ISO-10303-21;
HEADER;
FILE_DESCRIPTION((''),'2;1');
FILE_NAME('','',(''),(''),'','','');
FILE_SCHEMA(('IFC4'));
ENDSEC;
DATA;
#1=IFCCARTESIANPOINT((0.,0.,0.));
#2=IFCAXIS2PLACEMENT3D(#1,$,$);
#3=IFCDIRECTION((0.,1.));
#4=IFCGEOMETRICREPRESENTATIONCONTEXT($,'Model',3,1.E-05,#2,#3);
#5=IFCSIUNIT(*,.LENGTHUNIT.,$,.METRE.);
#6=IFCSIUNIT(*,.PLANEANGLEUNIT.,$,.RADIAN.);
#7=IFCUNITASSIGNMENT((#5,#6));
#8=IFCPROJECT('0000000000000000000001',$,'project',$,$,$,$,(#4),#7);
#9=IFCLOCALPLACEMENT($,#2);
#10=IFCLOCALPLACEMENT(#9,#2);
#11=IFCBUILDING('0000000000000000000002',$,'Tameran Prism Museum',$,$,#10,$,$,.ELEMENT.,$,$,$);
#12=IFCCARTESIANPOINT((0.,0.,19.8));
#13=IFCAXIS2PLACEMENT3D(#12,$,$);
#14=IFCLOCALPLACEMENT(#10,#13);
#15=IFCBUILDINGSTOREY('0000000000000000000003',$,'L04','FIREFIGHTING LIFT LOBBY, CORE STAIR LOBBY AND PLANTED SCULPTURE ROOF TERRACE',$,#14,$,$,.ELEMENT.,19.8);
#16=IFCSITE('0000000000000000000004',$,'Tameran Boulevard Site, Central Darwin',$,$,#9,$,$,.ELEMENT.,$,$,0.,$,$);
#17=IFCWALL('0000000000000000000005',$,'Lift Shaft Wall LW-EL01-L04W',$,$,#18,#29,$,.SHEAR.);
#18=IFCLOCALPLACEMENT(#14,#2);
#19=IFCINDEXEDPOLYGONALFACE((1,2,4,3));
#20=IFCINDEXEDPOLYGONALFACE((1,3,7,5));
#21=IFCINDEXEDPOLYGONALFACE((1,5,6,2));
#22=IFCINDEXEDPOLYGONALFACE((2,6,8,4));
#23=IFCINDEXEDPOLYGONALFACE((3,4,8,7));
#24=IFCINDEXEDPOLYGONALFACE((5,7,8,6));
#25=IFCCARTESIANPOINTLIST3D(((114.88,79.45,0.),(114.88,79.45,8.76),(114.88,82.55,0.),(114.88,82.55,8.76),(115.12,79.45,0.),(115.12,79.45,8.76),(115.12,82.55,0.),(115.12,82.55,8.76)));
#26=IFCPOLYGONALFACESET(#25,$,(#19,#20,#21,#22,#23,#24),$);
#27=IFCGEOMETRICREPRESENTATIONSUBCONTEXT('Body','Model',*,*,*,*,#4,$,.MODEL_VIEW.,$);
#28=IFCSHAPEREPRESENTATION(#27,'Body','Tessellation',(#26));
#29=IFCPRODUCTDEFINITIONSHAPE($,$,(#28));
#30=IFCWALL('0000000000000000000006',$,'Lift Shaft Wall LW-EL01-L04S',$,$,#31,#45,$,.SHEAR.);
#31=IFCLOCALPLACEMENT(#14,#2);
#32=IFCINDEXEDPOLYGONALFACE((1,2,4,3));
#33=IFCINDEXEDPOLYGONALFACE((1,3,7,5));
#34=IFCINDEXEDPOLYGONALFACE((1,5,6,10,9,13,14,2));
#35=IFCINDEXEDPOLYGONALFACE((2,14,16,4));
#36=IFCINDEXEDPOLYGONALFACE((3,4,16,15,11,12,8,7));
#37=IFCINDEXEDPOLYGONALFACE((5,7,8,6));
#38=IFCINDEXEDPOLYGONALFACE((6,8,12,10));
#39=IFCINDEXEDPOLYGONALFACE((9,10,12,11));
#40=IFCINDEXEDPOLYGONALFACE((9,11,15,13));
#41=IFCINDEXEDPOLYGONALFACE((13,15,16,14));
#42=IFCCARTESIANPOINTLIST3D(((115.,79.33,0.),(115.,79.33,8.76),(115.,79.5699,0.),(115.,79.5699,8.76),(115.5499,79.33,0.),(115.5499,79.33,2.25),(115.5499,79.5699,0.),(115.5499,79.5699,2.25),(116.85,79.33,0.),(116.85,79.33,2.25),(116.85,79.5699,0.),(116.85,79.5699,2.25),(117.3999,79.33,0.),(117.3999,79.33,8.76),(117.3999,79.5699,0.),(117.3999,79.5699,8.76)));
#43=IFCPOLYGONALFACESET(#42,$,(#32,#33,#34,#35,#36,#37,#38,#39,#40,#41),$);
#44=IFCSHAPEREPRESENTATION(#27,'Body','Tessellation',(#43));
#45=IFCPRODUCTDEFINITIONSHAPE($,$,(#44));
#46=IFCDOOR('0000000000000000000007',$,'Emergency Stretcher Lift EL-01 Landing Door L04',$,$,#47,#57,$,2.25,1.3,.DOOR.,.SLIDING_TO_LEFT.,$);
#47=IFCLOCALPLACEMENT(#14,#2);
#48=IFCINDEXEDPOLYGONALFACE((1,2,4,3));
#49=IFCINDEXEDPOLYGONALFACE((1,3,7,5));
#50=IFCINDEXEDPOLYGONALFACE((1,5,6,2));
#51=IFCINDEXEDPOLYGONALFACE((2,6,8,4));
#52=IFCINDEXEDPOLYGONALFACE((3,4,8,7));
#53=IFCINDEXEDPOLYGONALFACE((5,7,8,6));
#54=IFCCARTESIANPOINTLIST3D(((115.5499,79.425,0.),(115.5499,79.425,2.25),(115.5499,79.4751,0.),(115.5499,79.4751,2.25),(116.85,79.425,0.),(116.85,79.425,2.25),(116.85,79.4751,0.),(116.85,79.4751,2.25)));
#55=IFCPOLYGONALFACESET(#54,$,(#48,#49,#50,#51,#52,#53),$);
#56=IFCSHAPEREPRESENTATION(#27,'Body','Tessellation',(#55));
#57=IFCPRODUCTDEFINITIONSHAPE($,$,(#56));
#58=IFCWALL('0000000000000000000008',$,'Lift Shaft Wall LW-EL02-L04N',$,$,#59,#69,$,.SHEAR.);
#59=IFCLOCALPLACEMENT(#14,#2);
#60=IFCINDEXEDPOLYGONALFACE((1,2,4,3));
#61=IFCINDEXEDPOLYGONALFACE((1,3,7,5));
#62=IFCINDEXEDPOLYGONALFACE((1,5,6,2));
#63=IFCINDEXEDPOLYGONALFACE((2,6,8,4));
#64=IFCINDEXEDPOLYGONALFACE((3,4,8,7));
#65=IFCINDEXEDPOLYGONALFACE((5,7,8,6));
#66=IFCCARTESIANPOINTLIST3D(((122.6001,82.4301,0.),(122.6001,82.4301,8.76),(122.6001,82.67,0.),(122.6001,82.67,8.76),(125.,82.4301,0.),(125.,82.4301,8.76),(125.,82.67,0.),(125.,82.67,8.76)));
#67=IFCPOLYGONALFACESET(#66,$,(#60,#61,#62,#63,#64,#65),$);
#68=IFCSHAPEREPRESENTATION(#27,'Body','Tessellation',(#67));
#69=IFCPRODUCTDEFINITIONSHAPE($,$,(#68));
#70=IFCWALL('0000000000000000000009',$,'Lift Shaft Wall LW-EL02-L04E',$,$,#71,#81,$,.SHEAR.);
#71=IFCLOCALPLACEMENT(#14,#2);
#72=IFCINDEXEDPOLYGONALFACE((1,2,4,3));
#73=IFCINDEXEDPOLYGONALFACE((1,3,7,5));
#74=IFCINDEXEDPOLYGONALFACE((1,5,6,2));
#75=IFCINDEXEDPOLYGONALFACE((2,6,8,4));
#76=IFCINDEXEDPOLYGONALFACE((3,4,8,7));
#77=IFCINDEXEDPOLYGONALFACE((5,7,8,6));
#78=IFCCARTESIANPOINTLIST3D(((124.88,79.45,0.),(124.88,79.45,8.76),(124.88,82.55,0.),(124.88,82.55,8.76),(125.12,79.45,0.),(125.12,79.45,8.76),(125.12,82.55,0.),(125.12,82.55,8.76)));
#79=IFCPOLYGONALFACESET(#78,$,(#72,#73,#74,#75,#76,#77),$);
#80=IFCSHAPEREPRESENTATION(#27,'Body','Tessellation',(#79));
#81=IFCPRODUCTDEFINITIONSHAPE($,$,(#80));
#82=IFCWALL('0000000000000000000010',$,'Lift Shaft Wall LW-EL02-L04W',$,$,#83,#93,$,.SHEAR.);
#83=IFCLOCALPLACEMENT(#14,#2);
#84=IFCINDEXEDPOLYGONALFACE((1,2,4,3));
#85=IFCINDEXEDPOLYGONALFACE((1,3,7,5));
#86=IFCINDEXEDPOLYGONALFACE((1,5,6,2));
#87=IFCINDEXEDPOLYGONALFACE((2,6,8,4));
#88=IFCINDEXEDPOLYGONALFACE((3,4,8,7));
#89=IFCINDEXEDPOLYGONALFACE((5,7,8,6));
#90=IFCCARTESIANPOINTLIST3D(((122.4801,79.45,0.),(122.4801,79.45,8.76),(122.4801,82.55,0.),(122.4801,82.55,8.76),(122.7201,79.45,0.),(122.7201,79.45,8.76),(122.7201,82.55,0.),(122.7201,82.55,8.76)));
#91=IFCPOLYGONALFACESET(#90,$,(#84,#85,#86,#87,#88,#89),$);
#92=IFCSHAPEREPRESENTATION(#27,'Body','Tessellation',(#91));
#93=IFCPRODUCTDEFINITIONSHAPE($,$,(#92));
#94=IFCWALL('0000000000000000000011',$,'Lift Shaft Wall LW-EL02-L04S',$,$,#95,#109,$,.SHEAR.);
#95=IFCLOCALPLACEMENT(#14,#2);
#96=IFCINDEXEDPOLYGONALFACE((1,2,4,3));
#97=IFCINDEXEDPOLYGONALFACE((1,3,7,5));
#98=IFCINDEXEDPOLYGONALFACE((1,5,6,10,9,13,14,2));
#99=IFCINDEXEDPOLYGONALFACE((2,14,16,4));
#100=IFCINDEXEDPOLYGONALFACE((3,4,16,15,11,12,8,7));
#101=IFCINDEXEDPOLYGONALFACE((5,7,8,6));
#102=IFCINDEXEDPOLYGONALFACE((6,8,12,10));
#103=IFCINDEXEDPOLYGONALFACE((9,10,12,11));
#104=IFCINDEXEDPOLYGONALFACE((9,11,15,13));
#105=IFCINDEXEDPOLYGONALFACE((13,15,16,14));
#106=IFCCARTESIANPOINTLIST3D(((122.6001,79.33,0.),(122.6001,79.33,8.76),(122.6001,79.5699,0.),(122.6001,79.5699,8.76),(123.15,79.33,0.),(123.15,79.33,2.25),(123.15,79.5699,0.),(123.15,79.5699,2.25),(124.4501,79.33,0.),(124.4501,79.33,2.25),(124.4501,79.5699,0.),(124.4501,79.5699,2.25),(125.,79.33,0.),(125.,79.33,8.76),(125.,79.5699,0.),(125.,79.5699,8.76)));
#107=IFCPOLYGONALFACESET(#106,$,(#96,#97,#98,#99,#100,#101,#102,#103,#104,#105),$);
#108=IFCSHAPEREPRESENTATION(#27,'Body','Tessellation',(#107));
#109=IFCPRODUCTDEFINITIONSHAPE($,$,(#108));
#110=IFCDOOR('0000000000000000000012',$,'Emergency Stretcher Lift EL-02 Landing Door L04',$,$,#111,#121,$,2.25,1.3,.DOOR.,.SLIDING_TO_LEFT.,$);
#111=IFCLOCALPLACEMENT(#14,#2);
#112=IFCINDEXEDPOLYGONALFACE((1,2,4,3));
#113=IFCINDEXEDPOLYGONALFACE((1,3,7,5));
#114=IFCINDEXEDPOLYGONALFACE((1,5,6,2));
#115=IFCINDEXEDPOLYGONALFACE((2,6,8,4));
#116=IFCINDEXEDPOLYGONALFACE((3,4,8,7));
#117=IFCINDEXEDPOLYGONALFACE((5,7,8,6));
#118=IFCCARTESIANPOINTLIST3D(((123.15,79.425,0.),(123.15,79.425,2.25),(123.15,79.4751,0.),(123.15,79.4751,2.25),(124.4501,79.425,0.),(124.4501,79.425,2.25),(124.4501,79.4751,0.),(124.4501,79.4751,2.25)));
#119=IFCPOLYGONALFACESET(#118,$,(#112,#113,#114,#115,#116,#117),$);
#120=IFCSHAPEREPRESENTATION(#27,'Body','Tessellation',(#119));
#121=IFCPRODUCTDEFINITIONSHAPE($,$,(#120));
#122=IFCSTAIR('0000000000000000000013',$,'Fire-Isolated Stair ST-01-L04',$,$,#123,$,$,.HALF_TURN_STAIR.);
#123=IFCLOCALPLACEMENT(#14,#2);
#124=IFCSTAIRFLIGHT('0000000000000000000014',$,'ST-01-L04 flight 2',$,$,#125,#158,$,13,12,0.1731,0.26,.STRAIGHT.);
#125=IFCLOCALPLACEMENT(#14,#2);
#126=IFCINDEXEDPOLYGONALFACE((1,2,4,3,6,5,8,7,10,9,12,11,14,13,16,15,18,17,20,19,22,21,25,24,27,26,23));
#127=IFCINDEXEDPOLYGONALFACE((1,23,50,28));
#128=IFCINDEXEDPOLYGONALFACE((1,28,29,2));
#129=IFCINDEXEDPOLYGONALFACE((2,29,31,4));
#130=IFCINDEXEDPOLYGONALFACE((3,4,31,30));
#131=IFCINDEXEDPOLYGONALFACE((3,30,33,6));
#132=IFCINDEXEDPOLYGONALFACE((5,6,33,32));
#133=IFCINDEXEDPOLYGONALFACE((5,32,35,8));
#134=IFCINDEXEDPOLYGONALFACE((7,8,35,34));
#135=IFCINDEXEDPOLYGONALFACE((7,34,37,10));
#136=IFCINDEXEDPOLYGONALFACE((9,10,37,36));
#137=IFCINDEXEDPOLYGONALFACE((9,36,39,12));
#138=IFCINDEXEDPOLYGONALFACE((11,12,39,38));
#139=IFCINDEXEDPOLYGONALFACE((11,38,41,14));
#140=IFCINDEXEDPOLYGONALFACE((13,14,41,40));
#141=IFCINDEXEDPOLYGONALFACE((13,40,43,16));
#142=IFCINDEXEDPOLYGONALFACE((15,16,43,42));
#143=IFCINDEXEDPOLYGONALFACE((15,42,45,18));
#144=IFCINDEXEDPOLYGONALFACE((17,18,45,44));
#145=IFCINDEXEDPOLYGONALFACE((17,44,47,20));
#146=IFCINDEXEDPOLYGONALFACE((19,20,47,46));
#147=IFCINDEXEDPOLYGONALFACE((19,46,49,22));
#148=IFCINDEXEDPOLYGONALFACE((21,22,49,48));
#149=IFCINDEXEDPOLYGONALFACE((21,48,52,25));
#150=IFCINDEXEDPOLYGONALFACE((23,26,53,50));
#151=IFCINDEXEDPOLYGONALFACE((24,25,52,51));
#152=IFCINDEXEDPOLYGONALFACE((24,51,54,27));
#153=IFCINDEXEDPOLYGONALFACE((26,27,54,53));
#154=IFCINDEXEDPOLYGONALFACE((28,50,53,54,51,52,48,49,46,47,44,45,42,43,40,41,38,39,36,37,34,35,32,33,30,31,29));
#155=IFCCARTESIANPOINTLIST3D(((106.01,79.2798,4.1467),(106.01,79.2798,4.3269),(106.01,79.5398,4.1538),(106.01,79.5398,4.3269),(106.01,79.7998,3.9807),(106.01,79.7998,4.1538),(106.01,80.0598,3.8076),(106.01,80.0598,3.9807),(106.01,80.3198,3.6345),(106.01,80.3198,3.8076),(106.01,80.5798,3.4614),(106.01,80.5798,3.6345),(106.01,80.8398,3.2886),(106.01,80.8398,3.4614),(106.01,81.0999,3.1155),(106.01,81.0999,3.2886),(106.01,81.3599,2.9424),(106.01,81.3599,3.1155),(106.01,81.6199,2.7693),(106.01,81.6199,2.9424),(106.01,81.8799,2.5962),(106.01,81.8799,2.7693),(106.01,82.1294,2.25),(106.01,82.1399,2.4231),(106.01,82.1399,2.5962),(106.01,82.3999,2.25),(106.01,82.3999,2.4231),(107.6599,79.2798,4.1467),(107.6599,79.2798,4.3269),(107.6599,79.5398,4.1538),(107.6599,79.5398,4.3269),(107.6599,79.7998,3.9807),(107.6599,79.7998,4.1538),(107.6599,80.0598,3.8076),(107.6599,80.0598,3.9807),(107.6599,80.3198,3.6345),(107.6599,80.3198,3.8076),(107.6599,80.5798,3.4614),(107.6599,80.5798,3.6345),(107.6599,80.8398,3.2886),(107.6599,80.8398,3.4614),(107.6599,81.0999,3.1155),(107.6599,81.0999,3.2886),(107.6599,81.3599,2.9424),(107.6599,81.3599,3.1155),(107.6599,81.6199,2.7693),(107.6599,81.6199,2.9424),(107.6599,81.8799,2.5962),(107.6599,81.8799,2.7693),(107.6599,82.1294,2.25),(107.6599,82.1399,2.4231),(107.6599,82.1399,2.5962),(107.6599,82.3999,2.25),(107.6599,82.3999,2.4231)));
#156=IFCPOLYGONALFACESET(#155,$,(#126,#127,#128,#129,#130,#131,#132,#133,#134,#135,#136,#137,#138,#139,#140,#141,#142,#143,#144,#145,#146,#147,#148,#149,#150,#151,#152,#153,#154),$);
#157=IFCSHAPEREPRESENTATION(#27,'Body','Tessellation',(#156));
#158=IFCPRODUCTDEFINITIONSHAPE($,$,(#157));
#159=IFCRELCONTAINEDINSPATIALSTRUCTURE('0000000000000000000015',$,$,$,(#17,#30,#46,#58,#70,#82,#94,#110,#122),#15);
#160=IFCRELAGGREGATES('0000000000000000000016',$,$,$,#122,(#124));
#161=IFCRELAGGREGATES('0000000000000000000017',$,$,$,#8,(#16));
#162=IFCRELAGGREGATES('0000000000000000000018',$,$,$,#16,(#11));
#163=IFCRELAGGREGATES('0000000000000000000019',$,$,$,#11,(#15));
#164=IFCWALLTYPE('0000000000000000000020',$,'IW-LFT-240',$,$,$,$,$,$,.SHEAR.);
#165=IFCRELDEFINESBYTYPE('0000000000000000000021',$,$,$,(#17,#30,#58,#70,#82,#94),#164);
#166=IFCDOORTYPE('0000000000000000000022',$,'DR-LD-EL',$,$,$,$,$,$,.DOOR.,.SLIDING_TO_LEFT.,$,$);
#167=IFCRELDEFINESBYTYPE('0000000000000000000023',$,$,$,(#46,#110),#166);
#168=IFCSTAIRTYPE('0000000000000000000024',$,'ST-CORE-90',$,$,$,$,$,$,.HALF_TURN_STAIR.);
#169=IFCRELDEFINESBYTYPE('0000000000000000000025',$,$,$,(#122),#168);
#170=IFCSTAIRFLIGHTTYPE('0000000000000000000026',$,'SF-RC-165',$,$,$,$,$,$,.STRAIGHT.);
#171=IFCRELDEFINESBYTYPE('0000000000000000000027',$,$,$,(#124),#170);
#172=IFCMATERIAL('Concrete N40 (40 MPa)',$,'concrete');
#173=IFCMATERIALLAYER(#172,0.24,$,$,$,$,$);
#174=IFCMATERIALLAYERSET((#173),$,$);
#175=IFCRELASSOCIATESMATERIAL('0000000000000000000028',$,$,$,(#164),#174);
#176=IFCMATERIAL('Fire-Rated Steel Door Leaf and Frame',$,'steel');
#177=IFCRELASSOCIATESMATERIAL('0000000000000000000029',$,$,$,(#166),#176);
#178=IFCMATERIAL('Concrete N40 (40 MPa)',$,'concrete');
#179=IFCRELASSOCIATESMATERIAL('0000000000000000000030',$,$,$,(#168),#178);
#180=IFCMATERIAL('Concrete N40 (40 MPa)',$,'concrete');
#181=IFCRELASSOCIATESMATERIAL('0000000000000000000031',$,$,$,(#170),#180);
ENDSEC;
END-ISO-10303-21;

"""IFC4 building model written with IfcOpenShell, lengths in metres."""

from ifc_helpers import new_model, si_unit, direction, frame, frame_2d, origin, place, context, subcontext, project, spatial, polyline, rectangle, outline, extrude, material, layer, layer_set, type_object, element, fill, aggregate, save


model = new_model("IFC4")

# Units and contexts
model_context = context("Model", 3, precision=1e-05, world=origin(), true_north=direction((0.0, 1.0)))
body_context = subcontext(model_context, "Body", "Model", "MODEL_VIEW")
ifc_project = project(units=[si_unit("LENGTHUNIT", "METRE"), si_unit("PLANEANGLEUNIT", "RADIAN")], contexts=[model_context])

# Site, building, storey
site_placement = place(None, origin())
site = spatial("IfcSite", under=ifc_project, at=site_placement, Name="Tameran Boulevard Site, Central Darwin", CompositionType="ELEMENT", RefElevation=0.0)
building_placement = place(site_placement, origin())
building = spatial("IfcBuilding", under=site, at=building_placement, Name="Tameran Prism Museum", CompositionType="ELEMENT")
storey_placement = place(building_placement, frame((0.0, 0.0, 19.8)))
storey = spatial("IfcBuildingStorey", under=building, at=storey_placement, Name="L04", Description="FIREFIGHTING LIFT LOBBY, CORE STAIR LOBBY AND PLANTED SCULPTURE ROOF TERRACE", CompositionType="ELEMENT", Elevation=19.8)

# Wall
ifc_material_1 = material(Name="Concrete N40 (40 MPa)", Category="concrete")
ifc_layer_1 = layer(ifc_material_1, 0.24)
ifc_layer_set_1 = layer_set([ifc_layer_1])
wall_type_1 = type_object("IfcWallType", Name="IW-LFT-240", PredefinedType="SHEAR", material=ifc_layer_set_1)
for number, where, z_axis, x_axis, name in (
    (1, (115.0, 79.45, 0.0), (0.0, 0.0, 1.0), (0.0, 1.0, 0.0), "Lift Shaft Wall LW-EL01-L04W"),
):
    element("IfcWall", number, at=place(storey_placement, frame(where, z_axis=z_axis, x_axis=x_axis)), inside=storey, type_object=wall_type_1, Name=name, PredefinedType="SHEAR", context=body_context, shape_type="SweptSolid", body=[
        extrude(rectangle(XDim=3.1001, YDim=0.24, at=frame_2d((1.55, 0.0))), origin(), (0.0, 0.0, 1.0), 8.76),
    ])

# Wall, opening, door
wall_1_placement = place(storey_placement, frame((117.3999, 79.45, 0.0), z_axis=(0.0, 0.0, 1.0), x_axis=(-1.0, 0.0, 0.0)))
wall_1 = element("IfcWall", 2, at=wall_1_placement, inside=storey, type_object=wall_type_1, Name="Lift Shaft Wall LW-EL01-L04S", PredefinedType="SHEAR", context=body_context, shape_type="SweptSolid", body=[
    extrude(rectangle(XDim=2.3999, YDim=0.24, at=frame_2d((1.2, 0.0))), origin(), (0.0, 0.0, 1.0), 8.76),
])
opening_1_placement = place(wall_1_placement, frame((0.55, 0.0, 0.0)))
opening_1 = element("IfcOpeningElement", 3, at=opening_1_placement, cuts=wall_1, PredefinedType="OPENING", context=body_context, shape_type="SweptSolid", body=[
    extrude(rectangle(XDim=1.3, YDim=2.25, at=frame_2d((0.6499, 1.125))), frame((0.0, 0.1299, 0.0), z_axis=(0.0, -1.0, 0.0), x_axis=(1.0, 0.0, 0.0)), (0.0, 0.0, 1.0), 0.26),
])
ifc_material_2 = material(Name="Fire-Rated Steel Door Leaf and Frame", Category="steel")
door_type = type_object("IfcDoorType", Name="DR-LD-EL", OperationType="SLIDING_TO_LEFT", PredefinedType="DOOR", material=ifc_material_2)
door_1_placement = place(opening_1_placement, origin())
door_1 = element("IfcDoor", 4, at=door_1_placement, inside=storey, type_object=door_type, Name="Emergency Stretcher Lift EL-01 Landing Door L04", OperationType="SLIDING_TO_LEFT", OverallHeight=2.25, OverallWidth=1.3, PredefinedType="DOOR", context=body_context, shape_type="SweptSolid", body=[
    extrude(rectangle(XDim=1.3, YDim=2.25, at=frame_2d((0.6499, 1.125))), frame((0.0, 0.0249, 0.0), z_axis=(0.0, -1.0, 0.0), x_axis=(1.0, 0.0, 0.0)), (0.0, 0.0, 1.0), 0.05),
])
fill(opening_1, door_1)

# Walls
wall_2_placement = place(storey_placement, frame((122.6001, 82.55, 0.0), z_axis=(0.0, 0.0, 1.0), x_axis=(1.0, 0.0, 0.0)))
element("IfcWall", 5, at=wall_2_placement, inside=storey, type_object=wall_type_1, Name="Lift Shaft Wall LW-EL02-L04N", PredefinedType="SHEAR", context=body_context, shape_type="SweptSolid", body=[
    extrude(rectangle(XDim=2.3999, YDim=0.24, at=frame_2d((1.2, 0.0))), origin(), (0.0, 0.0, 1.0), 8.76),
])
for number, where, z_axis, x_axis, name in (
    (6, (125.0, 82.55, 0.0), (0.0, 0.0, 1.0), (0.0, -1.0, 0.0), "Lift Shaft Wall LW-EL02-L04E"),
    (7, (122.6001, 79.45, 0.0), (0.0, 0.0, 1.0), (0.0, 1.0, 0.0), "Lift Shaft Wall LW-EL02-L04W"),
):
    element("IfcWall", number, at=place(storey_placement, frame(where, z_axis=z_axis, x_axis=x_axis)), inside=storey, type_object=wall_type_1, Name=name, PredefinedType="SHEAR", context=body_context, shape_type="SweptSolid", body=[
        extrude(rectangle(XDim=3.1001, YDim=0.24, at=frame_2d((1.55, 0.0))), origin(), (0.0, 0.0, 1.0), 8.76),
    ])

# Wall, opening, door
wall_3_placement = place(storey_placement, frame((125.0, 79.45, 0.0), z_axis=(0.0, 0.0, 1.0), x_axis=(-1.0, 0.0, 0.0)))
wall_3 = element("IfcWall", 8, at=wall_3_placement, inside=storey, type_object=wall_type_1, Name="Lift Shaft Wall LW-EL02-L04S", PredefinedType="SHEAR", context=body_context, shape_type="SweptSolid", body=[
    extrude(rectangle(XDim=2.3999, YDim=0.24, at=frame_2d((1.2, 0.0))), origin(), (0.0, 0.0, 1.0), 8.76),
])
opening_2_placement = place(wall_3_placement, frame((0.55, 0.0, 0.0)))
opening_2 = element("IfcOpeningElement", 9, at=opening_2_placement, cuts=wall_3, PredefinedType="OPENING", context=body_context, shape_type="SweptSolid", body=[
    extrude(rectangle(XDim=1.3, YDim=2.25, at=frame_2d((0.6499, 1.125))), frame((0.0, 0.1299, 0.0), z_axis=(0.0, -1.0, 0.0), x_axis=(1.0, 0.0, 0.0)), (0.0, 0.0, 1.0), 0.26),
])
door_2_placement = place(opening_2_placement, origin())
door_2 = element("IfcDoor", 10, at=door_2_placement, inside=storey, type_object=door_type, Name="Emergency Stretcher Lift EL-02 Landing Door L04", OperationType="SLIDING_TO_LEFT", OverallHeight=2.25, OverallWidth=1.3, PredefinedType="DOOR", context=body_context, shape_type="SweptSolid", body=[
    extrude(rectangle(XDim=1.3, YDim=2.25, at=frame_2d((0.6499, 1.125))), frame((0.0, 0.0249, 0.0), z_axis=(0.0, -1.0, 0.0), x_axis=(1.0, 0.0, 0.0)), (0.0, 0.0, 1.0), 0.05),
])
fill(opening_2, door_2)

# Stair, stair flight
ifc_material_3 = material(Name="Concrete N40 (40 MPa)", Category="concrete")
stair_type = type_object("IfcStairType", Name="ST-CORE-90", PredefinedType="HALF_TURN_STAIR", material=ifc_material_3)
stair_placement = place(storey_placement, origin())
stair = element("IfcStair", 11, at=stair_placement, inside=storey, type_object=stair_type, Name="Fire-Isolated Stair ST-01-L04", PredefinedType="HALF_TURN_STAIR")
ifc_material_4 = material(Name="Concrete N40 (40 MPa)", Category="concrete")
stair_flight_type = type_object("IfcStairFlightType", Name="SF-RC-165", PredefinedType="STRAIGHT", material=ifc_material_4)
stair_flight_1_placement = place(storey_placement, frame((106.835, 82.3999, 2.25), z_axis=(0.0, 0.0, 1.0), x_axis=(0.0, -1.0, 0.0)))
stair_flight_1 = element("IfcStairFlight", 12, at=stair_flight_1_placement, type_object=stair_flight_type, Name="ST-01-L04 flight 2", NumberOfRisers=13, NumberOfTreads=12, PredefinedType="STRAIGHT", RiserHeight=0.1731, TreadLength=0.26, context=body_context, shape_type="SweptSolid", body=[
    extrude(outline(polyline([(0.0, 0.0), (0.0, 0.1731), (0.26, 0.1731), (0.26, 0.3462), (0.52, 0.3462), (0.52, 0.5193), (0.78, 0.5193), (0.78, 0.6924), (1.04, 0.6924), (1.04, 0.8655), (1.3, 0.8655), (1.3, 1.0386), (1.5601, 1.0386), (1.5601, 1.2114), (1.8201, 1.2114), (1.8201, 1.3845), (2.0801, 1.3845), (2.0801, 1.5576), (2.3401, 1.5576), (2.3401, 1.7307), (2.6001, 1.7307), (2.6001, 1.9038), (2.8601, 1.9038), (2.8601, 2.0769), (3.1201, 2.0769), (3.1201, 2.25), (3.1201, 1.8967), (0.2705, 0.0), (0.0, 0.0)])), frame((0.0, 0.825, 0.0), z_axis=(0.0, -1.0, 0.0), x_axis=(1.0, 0.0, 0.0)), (0.0, 0.0, 1.0), 1.6499),
])
aggregate(stair, [stair_flight_1])

save(model, "model.ifc")
